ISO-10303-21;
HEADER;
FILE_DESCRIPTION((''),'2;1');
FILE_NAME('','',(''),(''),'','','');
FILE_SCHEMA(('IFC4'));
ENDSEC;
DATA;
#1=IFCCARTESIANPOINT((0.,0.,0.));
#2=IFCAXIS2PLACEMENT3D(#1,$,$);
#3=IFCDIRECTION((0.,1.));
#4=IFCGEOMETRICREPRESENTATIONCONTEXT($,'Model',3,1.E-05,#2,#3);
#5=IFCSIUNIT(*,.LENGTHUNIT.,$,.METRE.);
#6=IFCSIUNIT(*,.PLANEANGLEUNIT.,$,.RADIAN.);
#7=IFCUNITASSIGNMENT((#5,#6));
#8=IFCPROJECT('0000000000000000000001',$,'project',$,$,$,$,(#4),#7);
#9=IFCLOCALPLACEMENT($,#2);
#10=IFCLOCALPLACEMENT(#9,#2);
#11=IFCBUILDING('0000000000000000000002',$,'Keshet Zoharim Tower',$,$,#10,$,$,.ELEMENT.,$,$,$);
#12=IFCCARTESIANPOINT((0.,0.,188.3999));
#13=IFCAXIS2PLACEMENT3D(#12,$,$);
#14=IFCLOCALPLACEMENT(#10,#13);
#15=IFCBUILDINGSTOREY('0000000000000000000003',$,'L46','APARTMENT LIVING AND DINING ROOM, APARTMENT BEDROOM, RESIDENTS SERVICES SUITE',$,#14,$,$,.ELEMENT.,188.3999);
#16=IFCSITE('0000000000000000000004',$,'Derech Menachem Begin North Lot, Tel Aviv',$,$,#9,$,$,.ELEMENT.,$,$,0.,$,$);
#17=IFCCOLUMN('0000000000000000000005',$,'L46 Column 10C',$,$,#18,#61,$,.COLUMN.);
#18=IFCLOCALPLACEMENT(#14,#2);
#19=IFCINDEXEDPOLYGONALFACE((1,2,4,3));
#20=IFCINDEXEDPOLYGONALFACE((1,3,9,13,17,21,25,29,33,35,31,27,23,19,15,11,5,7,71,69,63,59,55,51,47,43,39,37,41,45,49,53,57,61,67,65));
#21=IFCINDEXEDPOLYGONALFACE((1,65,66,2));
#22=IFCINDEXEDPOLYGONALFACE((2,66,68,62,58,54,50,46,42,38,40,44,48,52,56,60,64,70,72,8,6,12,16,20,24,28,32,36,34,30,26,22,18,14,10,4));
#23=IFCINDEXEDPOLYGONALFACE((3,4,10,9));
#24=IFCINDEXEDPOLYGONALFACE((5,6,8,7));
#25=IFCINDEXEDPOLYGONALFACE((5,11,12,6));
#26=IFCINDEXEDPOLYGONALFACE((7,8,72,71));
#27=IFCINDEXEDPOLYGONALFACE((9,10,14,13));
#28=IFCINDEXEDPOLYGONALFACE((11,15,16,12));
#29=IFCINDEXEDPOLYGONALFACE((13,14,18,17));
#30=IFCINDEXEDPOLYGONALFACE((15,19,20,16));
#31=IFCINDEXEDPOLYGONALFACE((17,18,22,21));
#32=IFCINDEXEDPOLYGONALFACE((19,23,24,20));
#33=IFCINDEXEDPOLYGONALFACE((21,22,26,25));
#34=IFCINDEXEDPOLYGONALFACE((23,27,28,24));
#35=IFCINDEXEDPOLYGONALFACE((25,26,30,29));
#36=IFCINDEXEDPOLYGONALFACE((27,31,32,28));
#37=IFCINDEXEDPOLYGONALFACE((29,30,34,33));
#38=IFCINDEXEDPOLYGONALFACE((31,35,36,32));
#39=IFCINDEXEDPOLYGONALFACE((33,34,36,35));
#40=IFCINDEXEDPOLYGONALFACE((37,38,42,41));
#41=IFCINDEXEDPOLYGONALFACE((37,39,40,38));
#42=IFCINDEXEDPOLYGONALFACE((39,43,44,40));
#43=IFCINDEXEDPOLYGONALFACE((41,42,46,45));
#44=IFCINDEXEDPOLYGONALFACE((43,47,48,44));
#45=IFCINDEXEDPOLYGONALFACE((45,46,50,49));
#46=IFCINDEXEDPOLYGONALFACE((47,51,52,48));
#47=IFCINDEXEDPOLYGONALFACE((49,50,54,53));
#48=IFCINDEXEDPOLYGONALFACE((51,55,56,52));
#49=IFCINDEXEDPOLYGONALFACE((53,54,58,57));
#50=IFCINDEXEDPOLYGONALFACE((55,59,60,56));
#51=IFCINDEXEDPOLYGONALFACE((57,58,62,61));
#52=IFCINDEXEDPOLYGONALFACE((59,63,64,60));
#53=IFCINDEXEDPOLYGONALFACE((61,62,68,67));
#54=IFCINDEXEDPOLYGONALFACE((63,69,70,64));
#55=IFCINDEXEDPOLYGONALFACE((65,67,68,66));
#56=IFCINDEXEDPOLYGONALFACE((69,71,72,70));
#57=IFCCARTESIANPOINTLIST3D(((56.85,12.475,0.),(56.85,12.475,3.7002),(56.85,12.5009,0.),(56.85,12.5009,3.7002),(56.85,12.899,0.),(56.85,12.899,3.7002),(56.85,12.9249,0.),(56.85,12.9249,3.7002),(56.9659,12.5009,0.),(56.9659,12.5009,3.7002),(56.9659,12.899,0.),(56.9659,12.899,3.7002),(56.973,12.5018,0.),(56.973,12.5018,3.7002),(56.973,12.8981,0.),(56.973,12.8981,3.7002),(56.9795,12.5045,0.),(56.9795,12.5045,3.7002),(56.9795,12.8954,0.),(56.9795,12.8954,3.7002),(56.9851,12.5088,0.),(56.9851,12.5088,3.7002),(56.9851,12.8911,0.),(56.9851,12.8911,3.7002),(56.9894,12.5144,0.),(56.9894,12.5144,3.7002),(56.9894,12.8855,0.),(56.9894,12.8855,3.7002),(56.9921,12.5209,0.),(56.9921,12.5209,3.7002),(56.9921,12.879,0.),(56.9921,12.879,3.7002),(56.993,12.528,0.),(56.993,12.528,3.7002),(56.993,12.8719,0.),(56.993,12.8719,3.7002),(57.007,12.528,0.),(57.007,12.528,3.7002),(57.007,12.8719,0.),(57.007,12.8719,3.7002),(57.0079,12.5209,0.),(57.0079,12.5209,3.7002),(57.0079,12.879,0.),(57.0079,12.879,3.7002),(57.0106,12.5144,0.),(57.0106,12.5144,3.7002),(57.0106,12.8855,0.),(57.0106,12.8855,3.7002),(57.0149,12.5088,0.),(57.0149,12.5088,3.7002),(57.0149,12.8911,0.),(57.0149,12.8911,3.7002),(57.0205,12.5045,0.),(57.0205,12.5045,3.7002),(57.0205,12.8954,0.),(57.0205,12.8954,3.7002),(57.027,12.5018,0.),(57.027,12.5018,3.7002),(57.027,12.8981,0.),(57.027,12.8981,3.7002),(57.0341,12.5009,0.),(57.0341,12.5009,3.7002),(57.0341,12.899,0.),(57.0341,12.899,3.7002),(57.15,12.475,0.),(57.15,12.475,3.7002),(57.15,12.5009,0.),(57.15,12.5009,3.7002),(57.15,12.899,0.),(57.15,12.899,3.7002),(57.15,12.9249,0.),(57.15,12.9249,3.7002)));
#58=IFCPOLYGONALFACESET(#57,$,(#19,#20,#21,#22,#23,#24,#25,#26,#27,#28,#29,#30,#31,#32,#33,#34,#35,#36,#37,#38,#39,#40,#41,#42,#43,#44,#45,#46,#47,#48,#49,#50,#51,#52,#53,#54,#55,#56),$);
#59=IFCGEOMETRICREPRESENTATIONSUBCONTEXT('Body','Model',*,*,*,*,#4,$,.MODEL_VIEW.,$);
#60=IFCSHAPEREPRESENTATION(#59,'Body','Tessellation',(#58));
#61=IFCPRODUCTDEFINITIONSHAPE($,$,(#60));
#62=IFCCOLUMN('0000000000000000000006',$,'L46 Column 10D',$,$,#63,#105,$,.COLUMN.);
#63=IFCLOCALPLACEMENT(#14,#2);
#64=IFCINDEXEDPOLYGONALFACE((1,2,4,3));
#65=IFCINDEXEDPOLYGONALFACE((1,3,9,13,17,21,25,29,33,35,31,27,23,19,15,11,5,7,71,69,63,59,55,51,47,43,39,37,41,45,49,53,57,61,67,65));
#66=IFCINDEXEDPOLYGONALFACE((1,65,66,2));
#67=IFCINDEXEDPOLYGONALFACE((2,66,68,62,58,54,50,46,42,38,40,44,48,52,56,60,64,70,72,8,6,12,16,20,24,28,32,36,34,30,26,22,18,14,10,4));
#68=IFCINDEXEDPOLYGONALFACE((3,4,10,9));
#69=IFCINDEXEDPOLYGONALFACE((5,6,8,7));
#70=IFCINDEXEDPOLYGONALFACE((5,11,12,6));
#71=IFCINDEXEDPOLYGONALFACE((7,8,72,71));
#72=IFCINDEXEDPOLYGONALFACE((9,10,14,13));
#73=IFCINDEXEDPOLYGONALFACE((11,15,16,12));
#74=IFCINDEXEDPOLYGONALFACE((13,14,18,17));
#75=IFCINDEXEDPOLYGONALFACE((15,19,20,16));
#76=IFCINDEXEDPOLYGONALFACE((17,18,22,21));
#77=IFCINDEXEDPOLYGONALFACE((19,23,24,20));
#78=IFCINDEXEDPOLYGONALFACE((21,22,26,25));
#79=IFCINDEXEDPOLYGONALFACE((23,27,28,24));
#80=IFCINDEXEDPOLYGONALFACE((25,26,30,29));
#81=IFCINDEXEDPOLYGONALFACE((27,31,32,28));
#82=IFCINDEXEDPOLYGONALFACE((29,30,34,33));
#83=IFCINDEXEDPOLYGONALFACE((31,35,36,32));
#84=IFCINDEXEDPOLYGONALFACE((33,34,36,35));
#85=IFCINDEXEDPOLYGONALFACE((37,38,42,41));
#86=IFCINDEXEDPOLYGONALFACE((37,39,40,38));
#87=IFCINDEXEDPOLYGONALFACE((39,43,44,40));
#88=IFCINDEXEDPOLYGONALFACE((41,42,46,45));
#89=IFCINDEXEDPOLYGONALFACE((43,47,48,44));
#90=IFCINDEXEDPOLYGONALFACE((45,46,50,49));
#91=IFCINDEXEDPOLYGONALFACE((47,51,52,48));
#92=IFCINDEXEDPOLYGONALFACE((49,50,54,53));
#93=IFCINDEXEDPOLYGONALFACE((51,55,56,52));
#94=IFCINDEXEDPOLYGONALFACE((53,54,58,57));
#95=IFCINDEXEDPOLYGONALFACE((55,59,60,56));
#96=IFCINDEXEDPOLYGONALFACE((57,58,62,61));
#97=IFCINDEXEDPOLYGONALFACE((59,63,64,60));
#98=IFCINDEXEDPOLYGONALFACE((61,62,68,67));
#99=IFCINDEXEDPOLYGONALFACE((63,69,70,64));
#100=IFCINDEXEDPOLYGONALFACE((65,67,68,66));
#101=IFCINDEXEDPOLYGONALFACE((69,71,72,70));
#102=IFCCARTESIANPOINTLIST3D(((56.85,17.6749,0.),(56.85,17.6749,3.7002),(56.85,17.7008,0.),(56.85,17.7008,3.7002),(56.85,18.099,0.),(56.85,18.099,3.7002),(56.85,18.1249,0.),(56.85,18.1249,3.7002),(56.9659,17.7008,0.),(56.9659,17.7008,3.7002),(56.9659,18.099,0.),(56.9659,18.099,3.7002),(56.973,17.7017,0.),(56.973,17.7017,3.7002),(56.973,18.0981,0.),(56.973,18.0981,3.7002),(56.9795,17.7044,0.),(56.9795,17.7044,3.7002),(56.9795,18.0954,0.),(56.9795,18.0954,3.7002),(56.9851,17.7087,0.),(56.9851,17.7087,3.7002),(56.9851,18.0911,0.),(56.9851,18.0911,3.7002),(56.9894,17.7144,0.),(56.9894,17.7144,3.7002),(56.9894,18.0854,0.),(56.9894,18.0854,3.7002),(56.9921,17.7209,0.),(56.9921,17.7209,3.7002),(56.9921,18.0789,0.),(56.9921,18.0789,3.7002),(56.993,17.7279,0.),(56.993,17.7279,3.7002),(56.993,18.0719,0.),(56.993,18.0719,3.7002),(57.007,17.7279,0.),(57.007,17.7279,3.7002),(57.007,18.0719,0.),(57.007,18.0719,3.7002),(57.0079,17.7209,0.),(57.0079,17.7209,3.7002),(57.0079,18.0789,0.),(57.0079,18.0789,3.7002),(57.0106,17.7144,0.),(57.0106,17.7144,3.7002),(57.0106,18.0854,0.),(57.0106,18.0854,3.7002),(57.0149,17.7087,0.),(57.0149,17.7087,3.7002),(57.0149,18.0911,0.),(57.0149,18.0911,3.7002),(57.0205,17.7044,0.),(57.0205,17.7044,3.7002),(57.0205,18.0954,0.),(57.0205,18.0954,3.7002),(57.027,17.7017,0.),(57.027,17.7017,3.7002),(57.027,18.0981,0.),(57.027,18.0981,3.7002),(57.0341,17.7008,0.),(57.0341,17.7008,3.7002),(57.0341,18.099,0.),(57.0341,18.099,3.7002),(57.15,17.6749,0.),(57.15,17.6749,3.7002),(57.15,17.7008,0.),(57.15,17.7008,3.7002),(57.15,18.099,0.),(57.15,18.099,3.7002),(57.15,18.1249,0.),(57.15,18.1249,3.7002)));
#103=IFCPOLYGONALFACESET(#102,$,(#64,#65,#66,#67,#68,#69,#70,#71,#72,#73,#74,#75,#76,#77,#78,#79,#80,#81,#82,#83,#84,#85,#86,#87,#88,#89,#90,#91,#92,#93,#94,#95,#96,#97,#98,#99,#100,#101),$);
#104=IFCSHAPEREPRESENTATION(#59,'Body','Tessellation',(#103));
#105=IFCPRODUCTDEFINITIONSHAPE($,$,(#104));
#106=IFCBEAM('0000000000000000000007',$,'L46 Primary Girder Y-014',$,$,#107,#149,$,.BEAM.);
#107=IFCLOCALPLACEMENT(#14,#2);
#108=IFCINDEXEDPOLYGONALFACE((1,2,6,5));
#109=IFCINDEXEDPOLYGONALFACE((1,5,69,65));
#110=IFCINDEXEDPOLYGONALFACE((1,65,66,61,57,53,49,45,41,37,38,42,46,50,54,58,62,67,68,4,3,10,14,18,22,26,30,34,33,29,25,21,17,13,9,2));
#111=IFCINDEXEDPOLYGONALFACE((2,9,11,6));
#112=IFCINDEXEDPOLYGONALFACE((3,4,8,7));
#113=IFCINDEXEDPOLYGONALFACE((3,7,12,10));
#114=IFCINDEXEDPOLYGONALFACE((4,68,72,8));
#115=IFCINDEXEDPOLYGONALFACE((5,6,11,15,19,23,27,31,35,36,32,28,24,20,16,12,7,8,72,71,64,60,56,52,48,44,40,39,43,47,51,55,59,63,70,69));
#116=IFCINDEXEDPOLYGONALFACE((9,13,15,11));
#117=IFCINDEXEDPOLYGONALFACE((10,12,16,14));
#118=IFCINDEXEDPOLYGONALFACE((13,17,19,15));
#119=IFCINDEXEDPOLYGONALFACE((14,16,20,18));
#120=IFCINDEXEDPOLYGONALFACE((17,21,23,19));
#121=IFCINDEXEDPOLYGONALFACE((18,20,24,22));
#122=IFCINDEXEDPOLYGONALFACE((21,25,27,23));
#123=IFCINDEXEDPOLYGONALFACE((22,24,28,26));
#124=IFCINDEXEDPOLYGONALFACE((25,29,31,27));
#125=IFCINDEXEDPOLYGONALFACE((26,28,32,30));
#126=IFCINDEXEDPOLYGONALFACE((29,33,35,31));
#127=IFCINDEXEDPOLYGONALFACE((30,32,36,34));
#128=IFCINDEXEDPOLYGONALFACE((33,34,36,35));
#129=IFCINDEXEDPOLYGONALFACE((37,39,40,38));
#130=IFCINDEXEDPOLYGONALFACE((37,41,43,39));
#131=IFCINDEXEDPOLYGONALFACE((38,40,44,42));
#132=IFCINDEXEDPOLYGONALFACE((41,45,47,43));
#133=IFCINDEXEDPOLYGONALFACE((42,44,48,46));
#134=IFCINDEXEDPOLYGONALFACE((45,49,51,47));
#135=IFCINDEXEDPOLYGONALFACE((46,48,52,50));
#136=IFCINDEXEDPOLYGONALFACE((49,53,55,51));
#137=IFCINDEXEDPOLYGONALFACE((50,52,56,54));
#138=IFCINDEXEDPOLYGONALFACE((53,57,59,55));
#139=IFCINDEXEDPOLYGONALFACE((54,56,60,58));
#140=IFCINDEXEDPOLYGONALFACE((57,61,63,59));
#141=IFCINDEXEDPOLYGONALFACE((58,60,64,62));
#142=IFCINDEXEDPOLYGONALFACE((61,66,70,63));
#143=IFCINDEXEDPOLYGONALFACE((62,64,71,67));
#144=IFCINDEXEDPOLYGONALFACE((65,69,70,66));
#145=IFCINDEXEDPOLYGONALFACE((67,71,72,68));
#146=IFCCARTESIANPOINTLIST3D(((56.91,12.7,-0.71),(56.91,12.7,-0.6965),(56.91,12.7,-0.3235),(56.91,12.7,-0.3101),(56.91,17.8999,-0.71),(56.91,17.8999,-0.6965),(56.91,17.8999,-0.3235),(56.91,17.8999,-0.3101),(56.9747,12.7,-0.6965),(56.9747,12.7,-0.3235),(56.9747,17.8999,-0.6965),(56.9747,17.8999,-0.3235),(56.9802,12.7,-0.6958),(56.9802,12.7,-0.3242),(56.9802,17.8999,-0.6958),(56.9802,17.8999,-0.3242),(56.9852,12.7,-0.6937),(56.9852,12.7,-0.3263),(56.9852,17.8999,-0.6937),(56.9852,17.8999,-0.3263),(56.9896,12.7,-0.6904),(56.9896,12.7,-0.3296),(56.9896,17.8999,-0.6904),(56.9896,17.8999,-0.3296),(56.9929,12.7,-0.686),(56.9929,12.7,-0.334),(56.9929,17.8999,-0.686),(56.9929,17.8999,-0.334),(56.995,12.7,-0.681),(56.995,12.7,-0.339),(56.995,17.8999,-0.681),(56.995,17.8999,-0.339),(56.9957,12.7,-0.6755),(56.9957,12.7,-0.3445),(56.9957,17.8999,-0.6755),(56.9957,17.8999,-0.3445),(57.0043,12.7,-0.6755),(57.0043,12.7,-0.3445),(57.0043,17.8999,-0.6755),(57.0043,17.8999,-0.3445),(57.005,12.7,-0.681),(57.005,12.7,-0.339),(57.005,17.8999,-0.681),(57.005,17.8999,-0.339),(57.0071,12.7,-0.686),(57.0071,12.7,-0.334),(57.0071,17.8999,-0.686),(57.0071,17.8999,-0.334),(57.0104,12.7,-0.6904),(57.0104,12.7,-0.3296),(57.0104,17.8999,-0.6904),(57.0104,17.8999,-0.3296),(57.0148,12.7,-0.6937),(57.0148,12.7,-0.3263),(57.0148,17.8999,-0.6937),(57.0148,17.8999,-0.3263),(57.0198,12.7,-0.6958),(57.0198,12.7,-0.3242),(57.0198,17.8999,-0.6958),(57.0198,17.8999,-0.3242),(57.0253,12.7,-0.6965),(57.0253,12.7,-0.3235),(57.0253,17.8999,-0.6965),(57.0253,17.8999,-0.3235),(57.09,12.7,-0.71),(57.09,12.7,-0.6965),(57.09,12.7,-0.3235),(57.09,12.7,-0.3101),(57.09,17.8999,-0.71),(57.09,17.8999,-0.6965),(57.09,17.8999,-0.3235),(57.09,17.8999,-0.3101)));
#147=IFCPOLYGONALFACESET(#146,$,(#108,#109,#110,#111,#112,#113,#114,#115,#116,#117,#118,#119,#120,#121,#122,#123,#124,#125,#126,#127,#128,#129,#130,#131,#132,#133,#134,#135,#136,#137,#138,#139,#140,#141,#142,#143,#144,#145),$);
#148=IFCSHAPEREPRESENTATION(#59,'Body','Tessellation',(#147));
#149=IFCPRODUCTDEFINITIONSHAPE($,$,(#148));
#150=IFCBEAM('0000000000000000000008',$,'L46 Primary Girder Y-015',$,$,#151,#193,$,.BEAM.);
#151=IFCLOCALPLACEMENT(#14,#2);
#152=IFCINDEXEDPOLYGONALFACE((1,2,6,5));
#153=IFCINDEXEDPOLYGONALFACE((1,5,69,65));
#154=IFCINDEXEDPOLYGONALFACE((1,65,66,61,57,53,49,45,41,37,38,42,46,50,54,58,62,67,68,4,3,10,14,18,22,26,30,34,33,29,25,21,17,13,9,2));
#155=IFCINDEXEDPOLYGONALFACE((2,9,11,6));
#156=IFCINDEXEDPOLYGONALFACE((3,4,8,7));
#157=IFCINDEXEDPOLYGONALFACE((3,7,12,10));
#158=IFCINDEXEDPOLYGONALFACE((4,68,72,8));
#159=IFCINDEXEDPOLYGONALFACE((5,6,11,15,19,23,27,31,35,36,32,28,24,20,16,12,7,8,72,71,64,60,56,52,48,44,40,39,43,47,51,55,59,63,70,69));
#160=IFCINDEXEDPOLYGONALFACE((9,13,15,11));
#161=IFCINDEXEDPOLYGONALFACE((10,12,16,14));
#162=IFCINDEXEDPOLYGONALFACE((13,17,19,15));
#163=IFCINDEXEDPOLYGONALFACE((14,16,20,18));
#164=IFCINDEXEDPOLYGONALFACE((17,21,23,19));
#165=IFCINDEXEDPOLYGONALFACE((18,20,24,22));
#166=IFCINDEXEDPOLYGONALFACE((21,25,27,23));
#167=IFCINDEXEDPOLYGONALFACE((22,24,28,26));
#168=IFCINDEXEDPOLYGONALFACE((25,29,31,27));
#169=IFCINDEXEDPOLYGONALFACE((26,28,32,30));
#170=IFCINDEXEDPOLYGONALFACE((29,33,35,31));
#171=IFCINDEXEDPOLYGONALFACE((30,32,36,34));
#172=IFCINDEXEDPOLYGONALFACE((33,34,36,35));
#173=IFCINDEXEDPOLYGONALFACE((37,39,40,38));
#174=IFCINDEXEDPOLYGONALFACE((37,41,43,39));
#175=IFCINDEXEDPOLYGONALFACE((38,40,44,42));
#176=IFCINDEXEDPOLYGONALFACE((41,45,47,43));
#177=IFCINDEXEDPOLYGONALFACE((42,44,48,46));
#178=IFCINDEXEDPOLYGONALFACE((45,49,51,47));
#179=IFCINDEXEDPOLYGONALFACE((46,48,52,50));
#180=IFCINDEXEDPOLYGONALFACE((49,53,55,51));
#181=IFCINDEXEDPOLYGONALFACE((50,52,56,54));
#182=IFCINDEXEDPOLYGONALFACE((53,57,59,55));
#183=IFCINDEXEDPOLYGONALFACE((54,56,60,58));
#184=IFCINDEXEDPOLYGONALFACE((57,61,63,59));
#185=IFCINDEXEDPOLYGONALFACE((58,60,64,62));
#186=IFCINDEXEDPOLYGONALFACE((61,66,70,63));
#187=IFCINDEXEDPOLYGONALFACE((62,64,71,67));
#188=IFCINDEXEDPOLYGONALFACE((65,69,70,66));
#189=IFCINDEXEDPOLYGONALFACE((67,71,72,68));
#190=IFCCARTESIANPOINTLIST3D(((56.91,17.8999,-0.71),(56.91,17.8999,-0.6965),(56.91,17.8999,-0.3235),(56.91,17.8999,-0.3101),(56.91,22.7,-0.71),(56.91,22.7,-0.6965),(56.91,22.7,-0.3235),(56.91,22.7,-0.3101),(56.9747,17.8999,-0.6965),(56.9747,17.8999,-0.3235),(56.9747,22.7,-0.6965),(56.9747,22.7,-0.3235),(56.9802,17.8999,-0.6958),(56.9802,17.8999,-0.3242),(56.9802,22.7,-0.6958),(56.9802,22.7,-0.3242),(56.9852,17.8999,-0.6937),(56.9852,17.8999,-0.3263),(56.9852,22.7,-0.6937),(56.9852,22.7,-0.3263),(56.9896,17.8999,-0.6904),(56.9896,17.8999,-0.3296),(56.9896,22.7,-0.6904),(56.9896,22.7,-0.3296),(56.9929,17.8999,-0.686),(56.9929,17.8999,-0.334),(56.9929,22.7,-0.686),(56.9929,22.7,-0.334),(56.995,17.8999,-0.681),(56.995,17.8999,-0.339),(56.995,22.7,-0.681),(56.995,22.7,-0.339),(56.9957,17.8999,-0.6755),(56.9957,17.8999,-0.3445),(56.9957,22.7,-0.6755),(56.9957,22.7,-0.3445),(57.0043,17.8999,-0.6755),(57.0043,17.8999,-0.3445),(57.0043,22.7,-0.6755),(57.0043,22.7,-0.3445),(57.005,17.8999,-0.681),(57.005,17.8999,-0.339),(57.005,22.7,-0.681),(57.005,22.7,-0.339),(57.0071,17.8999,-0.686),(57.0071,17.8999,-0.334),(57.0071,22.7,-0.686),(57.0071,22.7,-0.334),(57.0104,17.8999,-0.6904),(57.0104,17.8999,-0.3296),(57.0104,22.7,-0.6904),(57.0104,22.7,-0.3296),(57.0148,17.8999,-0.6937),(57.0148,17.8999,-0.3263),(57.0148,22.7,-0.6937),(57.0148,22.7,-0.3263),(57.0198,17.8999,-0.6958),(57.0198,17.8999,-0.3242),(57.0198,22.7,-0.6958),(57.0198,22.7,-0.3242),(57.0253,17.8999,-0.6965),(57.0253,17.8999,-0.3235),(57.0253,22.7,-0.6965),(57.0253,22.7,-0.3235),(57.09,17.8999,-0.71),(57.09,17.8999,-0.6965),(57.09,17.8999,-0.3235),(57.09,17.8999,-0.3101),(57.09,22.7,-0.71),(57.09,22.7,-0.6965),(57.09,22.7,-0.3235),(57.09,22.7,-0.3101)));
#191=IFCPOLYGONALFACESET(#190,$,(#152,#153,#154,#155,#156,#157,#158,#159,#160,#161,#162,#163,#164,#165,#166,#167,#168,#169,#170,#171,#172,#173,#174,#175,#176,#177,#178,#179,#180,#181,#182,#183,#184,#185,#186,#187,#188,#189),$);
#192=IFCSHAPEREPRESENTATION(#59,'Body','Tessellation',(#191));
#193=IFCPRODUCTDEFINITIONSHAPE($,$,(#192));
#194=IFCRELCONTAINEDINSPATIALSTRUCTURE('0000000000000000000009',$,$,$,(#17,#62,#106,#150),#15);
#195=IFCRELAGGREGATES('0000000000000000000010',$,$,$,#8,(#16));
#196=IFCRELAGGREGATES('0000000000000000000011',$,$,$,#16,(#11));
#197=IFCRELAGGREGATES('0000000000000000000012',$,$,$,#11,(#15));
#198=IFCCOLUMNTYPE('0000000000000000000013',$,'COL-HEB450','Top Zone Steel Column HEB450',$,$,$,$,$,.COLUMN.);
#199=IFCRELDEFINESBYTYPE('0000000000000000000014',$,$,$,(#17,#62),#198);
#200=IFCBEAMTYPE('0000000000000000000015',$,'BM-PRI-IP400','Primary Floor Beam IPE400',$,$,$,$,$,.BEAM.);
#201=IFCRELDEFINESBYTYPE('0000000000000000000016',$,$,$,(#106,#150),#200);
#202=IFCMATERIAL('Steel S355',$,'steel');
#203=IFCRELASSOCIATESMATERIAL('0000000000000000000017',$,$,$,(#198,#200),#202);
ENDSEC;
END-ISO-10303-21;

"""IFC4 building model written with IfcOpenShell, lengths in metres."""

from ifc_helpers import new_model, si_unit, direction, frame, origin, origin_2d, place, context, subcontext, project, spatial, i_section, extrude, material, material_profile, profile_set, type_object, element, save


model = new_model("IFC4")

# Units and contexts
model_context = context("Model", 3, precision=1e-05, world=origin(), true_north=direction((0.0, 1.0)))
body_context = subcontext(model_context, "Body", "Model", "MODEL_VIEW")
ifc_project = project(units=[si_unit("LENGTHUNIT", "METRE"), si_unit("PLANEANGLEUNIT", "RADIAN")], contexts=[model_context])

# Site, building, storey
site_placement = place(None, origin())
site = spatial("IfcSite", under=ifc_project, at=site_placement, Name="Derech Menachem Begin North Lot, Tel Aviv", CompositionType="ELEMENT", RefElevation=0.0)
building_placement = place(site_placement, origin())
building = spatial("IfcBuilding", under=site, at=building_placement, Name="Keshet Zoharim Tower", CompositionType="ELEMENT")
storey_placement = place(building_placement, frame((0.0, 0.0, 188.3999)))
storey = spatial("IfcBuildingStorey", under=building, at=storey_placement, Name="L46", Description="APARTMENT LIVING AND DINING ROOM, APARTMENT BEDROOM, RESIDENTS SERVICES SUITE", CompositionType="ELEMENT", Elevation=188.3999)

# Columns
ifc_material_1 = material(Name="Steel S355", Category="steel")
ifc_material_profile_1 = material_profile(ifc_material_1, i_section(OverallWidth=0.3, OverallDepth=0.45, WebThickness=0.0139, FlangeThickness=0.0259, FilletRadius=0.0271, at=origin_2d()), Name="HEB450")
ifc_profile_set_1 = profile_set([ifc_material_profile_1], Name="Steel S355")
column_type = type_object("IfcColumnType", Name="COL-HEB450", Description="Top Zone Steel Column HEB450", PredefinedType="COLUMN", material=ifc_profile_set_1)
for number, where, z_axis, x_axis, name in (
    (1, (57.0, 12.7, 0.0), (0.0, 0.0, 1.0), (1.0, 0.0, 0.0), "L46 Column 10C"),
    (2, (57.0, 17.8999, 0.0), (0.0, 0.0, 1.0), (1.0, 0.0, 0.0), "L46 Column 10D"),
):
    element("IfcColumn", number, at=place(storey_placement, frame(where, z_axis=z_axis, x_axis=x_axis)), inside=storey, type_object=column_type, Name=name, PredefinedType="COLUMN", context=body_context, shape_type="SweptSolid", body=[
        extrude(i_section(OverallWidth=0.3, OverallDepth=0.45, WebThickness=0.0139, FlangeThickness=0.0259, FilletRadius=0.0271, at=origin_2d()), origin(), (0.0, 0.0, 1.0), 3.7002),
    ])

# Beams
ifc_material_profile_2 = material_profile(ifc_material_1, i_section(OverallWidth=0.1799, OverallDepth=0.3999, WebThickness=0.0085, FlangeThickness=0.0134, FilletRadius=0.021, at=origin_2d()), Name="IPE400")
ifc_profile_set_2 = profile_set([ifc_material_profile_2], Name="Steel S355")
beam_type = type_object("IfcBeamType", Name="BM-PRI-IP400", Description="Primary Floor Beam IPE400", PredefinedType="BEAM", material=ifc_profile_set_2)
beam_1_placement = place(storey_placement, frame((57.0, 12.7, -0.51), z_axis=(0.0, 1.0, 0.0), x_axis=(-1.0, 0.0, 0.0)))
element("IfcBeam", 3, at=beam_1_placement, inside=storey, type_object=beam_type, Name="L46 Primary Girder Y-014", PredefinedType="BEAM", context=body_context, shape_type="SweptSolid", body=[
    extrude(i_section(OverallWidth=0.1799, OverallDepth=0.3999, WebThickness=0.0085, FlangeThickness=0.0134, FilletRadius=0.021, at=origin_2d()), origin(), (0.0, 0.0, 1.0), 5.2),
])
beam_2_placement = place(storey_placement, frame((57.0, 17.8999, -0.51), z_axis=(0.0, 1.0, 0.0), x_axis=(-1.0, 0.0, 0.0)))
element("IfcBeam", 4, at=beam_2_placement, inside=storey, type_object=beam_type, Name="L46 Primary Girder Y-015", PredefinedType="BEAM", context=body_context, shape_type="SweptSolid", body=[
    extrude(i_section(OverallWidth=0.1799, OverallDepth=0.3999, WebThickness=0.0085, FlangeThickness=0.0134, FilletRadius=0.021, at=origin_2d()), origin(), (0.0, 0.0, 1.0), 4.8),
])

save(model, "model.ifc")
